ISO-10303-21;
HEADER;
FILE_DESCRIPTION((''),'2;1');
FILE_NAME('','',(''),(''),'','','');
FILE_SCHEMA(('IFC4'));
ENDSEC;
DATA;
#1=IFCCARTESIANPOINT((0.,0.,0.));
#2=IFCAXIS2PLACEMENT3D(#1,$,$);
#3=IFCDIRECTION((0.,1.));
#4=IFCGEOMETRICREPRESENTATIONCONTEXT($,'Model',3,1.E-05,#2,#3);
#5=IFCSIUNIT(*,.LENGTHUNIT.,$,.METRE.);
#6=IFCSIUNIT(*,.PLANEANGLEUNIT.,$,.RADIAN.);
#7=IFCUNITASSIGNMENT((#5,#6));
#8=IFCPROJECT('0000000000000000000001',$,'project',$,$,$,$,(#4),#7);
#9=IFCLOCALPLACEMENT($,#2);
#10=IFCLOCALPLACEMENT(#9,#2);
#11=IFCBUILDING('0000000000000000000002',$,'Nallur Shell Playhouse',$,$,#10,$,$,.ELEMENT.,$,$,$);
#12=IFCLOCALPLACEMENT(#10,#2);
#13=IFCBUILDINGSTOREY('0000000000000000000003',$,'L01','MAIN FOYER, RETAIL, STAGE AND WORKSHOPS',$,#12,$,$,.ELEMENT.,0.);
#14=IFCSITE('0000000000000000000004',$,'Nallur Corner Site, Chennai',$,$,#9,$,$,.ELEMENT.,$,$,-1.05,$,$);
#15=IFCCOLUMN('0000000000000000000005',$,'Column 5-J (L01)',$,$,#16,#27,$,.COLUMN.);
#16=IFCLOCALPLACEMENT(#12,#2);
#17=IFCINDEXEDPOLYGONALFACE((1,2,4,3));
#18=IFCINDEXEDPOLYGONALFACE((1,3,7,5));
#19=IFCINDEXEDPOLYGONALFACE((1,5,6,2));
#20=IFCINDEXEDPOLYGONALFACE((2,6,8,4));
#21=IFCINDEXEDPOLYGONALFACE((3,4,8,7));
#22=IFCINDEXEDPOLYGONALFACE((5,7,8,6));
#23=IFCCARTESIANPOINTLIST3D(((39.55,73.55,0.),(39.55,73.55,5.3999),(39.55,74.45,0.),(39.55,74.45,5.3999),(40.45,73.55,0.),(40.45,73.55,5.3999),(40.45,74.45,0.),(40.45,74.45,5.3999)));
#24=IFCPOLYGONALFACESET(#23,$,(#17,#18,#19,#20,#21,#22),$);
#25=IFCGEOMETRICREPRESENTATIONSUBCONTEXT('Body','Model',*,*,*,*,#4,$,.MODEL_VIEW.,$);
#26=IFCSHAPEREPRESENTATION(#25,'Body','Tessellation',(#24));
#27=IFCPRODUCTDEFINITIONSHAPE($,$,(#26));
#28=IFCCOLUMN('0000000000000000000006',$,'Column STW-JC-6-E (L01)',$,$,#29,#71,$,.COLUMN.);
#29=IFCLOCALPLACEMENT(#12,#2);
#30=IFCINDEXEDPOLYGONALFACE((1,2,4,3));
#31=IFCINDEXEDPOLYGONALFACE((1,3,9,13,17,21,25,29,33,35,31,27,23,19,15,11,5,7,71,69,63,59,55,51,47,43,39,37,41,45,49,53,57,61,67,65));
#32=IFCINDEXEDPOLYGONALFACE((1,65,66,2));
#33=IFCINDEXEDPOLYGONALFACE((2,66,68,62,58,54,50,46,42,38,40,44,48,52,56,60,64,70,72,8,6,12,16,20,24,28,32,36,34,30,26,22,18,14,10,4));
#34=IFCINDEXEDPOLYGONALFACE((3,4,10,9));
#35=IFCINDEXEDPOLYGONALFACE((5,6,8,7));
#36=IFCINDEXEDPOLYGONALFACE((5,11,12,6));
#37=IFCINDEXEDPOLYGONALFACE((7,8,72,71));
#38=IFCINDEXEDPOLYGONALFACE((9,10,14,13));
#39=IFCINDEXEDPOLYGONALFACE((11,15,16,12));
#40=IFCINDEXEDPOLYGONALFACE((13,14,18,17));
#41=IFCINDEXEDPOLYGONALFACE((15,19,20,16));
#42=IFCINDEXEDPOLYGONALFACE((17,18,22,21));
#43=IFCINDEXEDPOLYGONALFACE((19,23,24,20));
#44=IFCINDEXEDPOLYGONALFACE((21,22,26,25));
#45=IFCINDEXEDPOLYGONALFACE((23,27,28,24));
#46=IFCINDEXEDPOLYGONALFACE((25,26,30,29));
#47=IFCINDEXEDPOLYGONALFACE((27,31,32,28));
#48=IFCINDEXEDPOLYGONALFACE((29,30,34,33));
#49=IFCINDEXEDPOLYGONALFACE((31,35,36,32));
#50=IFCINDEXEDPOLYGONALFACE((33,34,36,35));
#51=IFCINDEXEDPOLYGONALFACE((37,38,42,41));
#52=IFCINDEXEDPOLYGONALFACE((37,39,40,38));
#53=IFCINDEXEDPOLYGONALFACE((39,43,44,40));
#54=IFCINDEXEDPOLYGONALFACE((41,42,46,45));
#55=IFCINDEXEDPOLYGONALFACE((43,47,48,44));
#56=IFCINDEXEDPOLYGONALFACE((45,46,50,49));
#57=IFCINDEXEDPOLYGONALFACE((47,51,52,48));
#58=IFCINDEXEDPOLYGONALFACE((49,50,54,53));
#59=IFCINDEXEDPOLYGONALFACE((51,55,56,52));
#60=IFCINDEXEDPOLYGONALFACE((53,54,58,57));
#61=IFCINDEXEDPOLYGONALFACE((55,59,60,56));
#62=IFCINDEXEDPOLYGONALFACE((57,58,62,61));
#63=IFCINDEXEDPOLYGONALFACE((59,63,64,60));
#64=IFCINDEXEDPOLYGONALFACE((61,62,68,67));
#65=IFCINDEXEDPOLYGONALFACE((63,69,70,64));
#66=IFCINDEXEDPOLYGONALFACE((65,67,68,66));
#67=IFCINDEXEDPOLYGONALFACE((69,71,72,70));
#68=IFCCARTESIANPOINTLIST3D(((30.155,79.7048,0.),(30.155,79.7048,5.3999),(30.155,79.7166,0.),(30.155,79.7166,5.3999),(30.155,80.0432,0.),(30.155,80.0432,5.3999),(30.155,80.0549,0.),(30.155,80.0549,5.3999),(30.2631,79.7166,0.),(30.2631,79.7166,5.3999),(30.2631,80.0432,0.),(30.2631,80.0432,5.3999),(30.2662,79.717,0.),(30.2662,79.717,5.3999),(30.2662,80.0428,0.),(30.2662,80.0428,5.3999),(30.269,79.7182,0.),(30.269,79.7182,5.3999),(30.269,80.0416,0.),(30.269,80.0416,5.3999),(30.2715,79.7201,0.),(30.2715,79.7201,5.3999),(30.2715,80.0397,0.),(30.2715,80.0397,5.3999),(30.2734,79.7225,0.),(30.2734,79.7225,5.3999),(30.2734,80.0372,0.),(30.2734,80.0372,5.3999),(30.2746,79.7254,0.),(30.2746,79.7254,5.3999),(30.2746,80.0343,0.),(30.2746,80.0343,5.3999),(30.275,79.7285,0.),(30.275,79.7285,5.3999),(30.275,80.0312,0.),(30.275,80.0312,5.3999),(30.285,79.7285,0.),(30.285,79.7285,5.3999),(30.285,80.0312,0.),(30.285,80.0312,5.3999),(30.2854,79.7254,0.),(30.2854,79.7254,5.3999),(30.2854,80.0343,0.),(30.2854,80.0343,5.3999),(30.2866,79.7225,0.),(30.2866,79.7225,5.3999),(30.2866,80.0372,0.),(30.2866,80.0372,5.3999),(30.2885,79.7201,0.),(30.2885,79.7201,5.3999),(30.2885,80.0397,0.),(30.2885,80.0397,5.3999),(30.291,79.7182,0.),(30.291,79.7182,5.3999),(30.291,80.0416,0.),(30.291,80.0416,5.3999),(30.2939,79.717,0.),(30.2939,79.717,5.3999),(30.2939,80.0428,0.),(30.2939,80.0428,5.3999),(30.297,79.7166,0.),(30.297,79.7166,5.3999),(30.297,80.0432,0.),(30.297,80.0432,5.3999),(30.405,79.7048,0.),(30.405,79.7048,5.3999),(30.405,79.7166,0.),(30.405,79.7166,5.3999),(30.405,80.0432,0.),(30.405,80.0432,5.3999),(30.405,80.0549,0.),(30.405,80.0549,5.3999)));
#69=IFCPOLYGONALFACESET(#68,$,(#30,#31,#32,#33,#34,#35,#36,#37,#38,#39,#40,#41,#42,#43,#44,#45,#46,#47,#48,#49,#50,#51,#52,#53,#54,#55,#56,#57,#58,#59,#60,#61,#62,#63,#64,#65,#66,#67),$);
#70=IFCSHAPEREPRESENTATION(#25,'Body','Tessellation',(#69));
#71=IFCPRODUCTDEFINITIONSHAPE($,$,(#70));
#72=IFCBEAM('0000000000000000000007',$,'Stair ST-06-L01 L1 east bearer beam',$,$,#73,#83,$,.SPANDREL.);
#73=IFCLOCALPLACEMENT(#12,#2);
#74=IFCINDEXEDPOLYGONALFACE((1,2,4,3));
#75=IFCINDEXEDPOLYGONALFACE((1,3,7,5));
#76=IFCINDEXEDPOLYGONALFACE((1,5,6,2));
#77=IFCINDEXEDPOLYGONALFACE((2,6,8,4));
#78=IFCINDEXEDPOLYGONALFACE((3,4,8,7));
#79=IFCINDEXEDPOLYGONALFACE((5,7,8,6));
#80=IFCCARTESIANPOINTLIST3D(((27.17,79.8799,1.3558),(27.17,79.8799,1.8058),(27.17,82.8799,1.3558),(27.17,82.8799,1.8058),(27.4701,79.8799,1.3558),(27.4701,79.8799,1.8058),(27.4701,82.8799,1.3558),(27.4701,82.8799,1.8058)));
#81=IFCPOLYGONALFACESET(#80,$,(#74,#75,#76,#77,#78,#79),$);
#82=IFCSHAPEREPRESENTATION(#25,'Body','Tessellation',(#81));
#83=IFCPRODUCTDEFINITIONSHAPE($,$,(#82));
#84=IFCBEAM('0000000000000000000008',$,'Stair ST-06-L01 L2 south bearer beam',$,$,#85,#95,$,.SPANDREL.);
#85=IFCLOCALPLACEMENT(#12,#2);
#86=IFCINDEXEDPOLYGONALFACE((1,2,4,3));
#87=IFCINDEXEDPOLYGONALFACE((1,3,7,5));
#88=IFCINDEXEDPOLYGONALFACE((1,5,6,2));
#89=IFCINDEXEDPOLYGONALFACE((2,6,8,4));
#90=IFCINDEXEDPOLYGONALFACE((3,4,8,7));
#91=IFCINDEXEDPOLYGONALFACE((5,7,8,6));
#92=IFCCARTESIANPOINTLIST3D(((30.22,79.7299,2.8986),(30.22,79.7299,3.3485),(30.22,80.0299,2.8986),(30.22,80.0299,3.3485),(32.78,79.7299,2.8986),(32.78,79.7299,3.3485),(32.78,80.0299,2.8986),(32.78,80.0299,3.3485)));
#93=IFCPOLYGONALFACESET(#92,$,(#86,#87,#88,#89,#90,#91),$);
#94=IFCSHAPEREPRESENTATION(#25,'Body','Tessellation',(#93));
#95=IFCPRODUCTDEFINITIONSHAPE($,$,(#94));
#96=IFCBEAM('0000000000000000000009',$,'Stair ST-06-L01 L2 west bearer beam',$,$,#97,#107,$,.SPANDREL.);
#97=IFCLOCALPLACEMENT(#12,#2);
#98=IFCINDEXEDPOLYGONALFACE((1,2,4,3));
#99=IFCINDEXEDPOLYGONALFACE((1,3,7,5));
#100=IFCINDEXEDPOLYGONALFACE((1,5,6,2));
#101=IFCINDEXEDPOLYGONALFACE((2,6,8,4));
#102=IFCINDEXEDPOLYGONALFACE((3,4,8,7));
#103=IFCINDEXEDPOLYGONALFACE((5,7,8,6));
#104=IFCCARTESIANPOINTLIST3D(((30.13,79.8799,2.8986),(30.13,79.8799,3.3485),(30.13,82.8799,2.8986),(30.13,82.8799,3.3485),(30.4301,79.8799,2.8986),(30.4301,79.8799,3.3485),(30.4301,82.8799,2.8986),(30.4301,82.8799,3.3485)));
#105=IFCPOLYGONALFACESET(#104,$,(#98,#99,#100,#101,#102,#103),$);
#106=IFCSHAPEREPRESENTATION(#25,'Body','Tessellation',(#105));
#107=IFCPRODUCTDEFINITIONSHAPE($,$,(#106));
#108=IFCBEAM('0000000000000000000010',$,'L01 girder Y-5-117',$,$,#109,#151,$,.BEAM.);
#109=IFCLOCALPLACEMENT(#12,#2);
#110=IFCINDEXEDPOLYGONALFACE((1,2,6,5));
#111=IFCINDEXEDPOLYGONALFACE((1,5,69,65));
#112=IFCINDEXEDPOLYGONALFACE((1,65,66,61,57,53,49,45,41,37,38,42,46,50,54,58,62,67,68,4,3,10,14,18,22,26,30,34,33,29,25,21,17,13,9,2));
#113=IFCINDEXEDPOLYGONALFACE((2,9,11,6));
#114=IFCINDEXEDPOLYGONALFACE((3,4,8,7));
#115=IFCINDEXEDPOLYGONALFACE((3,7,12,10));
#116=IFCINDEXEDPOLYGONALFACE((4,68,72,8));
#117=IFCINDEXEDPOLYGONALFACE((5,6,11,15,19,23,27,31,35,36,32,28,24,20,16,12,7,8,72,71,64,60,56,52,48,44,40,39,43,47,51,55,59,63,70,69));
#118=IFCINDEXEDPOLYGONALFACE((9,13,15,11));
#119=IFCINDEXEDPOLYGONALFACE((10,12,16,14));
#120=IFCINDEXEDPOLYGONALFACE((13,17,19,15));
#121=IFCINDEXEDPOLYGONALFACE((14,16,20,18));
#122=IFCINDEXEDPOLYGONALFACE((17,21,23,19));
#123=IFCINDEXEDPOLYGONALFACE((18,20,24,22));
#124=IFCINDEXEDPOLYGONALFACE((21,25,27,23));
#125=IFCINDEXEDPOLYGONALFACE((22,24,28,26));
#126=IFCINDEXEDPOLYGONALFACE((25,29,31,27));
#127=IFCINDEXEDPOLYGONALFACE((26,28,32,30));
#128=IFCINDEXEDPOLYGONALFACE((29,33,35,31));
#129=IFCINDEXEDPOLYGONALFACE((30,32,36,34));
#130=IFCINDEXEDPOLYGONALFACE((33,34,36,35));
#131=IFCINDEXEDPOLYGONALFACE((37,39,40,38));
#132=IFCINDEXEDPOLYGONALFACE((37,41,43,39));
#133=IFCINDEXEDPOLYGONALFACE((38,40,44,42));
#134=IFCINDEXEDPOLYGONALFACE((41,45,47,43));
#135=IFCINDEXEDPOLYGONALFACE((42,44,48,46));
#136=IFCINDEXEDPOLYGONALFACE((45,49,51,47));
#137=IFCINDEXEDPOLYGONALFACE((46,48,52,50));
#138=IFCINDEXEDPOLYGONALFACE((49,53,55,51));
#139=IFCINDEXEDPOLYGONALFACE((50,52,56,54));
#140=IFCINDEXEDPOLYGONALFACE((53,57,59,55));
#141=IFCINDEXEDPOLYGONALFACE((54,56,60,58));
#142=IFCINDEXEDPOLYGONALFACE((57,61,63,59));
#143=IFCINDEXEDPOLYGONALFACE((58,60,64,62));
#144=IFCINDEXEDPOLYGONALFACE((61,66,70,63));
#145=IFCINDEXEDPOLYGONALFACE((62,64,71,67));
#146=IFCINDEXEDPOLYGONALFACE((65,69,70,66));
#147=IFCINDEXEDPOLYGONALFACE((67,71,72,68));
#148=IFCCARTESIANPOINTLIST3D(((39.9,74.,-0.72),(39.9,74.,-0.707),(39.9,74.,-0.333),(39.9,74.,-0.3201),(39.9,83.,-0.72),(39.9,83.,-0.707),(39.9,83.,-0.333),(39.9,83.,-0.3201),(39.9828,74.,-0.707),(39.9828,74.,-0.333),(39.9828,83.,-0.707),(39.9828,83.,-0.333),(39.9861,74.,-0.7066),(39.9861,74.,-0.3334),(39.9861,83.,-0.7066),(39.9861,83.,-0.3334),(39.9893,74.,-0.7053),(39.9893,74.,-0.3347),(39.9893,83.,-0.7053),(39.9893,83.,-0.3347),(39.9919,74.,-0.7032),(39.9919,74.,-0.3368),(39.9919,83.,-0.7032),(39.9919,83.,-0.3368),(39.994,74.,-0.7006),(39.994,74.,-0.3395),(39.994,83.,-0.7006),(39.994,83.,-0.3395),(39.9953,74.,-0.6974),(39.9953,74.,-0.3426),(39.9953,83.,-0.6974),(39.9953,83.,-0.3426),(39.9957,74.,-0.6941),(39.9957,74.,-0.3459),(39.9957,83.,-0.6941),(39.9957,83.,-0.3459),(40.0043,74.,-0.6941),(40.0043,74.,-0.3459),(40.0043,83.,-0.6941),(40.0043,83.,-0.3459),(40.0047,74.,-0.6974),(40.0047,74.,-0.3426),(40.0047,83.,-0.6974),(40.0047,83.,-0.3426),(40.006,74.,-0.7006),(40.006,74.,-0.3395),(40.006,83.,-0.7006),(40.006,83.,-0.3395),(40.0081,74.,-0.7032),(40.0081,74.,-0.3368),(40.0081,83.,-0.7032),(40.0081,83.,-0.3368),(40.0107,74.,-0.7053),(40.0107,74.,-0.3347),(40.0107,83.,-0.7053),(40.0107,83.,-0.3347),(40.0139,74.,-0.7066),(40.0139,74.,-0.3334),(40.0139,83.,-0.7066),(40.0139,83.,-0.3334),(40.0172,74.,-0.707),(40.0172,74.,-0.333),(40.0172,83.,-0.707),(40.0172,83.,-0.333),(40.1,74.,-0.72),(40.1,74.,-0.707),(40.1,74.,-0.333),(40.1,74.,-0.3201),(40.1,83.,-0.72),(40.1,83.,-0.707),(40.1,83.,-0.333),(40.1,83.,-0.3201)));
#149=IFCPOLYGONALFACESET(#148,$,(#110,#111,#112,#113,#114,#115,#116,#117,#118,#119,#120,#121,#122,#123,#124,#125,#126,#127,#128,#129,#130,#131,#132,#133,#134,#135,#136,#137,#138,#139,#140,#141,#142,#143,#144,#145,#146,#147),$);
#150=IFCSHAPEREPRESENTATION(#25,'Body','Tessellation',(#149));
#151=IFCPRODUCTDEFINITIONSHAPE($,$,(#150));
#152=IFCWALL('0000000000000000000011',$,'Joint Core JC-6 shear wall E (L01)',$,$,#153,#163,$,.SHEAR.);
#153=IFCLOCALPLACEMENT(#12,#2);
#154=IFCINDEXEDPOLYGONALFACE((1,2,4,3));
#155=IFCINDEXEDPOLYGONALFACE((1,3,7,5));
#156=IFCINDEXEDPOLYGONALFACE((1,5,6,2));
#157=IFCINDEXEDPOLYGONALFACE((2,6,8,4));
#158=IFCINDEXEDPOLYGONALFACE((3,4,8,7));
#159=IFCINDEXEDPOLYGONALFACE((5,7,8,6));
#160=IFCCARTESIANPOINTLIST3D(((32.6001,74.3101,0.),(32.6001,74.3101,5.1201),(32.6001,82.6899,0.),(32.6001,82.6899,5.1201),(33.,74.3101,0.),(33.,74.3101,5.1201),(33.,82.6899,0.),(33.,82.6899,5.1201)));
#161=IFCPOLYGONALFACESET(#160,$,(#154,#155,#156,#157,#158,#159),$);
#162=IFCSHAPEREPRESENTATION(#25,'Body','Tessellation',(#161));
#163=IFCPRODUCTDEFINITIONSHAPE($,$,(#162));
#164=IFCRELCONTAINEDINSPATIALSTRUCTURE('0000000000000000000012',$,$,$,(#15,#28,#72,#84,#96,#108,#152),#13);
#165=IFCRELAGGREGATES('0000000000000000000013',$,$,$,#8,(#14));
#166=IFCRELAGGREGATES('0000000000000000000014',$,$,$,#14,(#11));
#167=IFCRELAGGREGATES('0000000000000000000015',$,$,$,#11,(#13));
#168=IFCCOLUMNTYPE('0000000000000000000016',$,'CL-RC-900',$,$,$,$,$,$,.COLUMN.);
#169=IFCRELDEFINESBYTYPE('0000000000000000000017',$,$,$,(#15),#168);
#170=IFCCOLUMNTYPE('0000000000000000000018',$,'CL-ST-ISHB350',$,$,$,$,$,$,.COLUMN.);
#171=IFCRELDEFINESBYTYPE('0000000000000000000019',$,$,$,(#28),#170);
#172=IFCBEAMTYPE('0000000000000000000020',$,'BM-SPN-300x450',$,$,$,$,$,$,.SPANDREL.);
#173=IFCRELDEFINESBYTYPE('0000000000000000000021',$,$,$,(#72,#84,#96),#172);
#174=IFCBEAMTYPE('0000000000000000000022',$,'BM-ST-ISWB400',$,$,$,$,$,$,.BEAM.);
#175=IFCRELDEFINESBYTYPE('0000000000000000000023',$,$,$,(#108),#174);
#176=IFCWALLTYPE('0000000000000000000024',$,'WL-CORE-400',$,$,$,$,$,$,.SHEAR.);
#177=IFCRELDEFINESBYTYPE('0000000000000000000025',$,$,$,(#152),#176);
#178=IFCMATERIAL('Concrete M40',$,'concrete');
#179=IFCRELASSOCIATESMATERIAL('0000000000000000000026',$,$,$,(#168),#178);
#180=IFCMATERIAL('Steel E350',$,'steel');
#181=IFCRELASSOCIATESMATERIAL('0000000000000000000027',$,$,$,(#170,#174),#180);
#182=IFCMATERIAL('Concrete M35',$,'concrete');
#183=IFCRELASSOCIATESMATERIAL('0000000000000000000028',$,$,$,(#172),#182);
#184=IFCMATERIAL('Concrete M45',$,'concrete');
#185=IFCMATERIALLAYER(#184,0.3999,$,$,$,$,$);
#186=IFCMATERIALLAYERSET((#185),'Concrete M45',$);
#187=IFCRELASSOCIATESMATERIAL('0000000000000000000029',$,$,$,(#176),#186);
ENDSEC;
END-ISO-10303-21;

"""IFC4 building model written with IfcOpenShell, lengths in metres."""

from ifc_helpers import new_model, si_unit, direction, frame, frame_2d, origin, origin_2d, place, context, subcontext, project, spatial, rectangle, i_section, extrude, material, layer, layer_set, material_profile, profile_set, type_object, element, save


model = new_model("IFC4")

# Units and contexts
model_context = context("Model", 3, precision=1e-05, world=origin(), true_north=direction((0.0, 1.0)))
body_context = subcontext(model_context, "Body", "Model", "MODEL_VIEW")
ifc_project = project(units=[si_unit("LENGTHUNIT", "METRE"), si_unit("PLANEANGLEUNIT", "RADIAN")], contexts=[model_context])

# Site, building, storey
site_placement = place(None, origin())
site = spatial("IfcSite", under=ifc_project, at=site_placement, Name="Nallur Corner Site, Chennai", CompositionType="ELEMENT", RefElevation=-1.05)
building_placement = place(site_placement, origin())
building = spatial("IfcBuilding", under=site, at=building_placement, Name="Nallur Shell Playhouse", CompositionType="ELEMENT")
storey_placement = place(building_placement, origin())
storey = spatial("IfcBuildingStorey", under=building, at=storey_placement, Name="L01", Description="MAIN FOYER, RETAIL, STAGE AND WORKSHOPS", CompositionType="ELEMENT", Elevation=0.0)

# Columns
ifc_material_1 = material(Name="Concrete M40", Category="concrete")
ifc_material_profile_1 = material_profile(ifc_material_1, rectangle(XDim=0.8999, YDim=0.8999, at=origin_2d()), Name="RC 900x900")
ifc_profile_set_1 = profile_set([ifc_material_profile_1], Name="Concrete M40")
column_type_1 = type_object("IfcColumnType", Name="CL-RC-900", PredefinedType="COLUMN", material=ifc_profile_set_1)
column_1_placement = place(storey_placement, frame((40.0, 74.0, 0.0), z_axis=(0.0, 0.0, 1.0), x_axis=(1.0, 0.0, 0.0)))
element("IfcColumn", 1, at=column_1_placement, inside=storey, type_object=column_type_1, Name="Column 5-J (L01)", PredefinedType="COLUMN", context=body_context, shape_type="SweptSolid", body=[
    extrude(rectangle(XDim=0.8999, YDim=0.8999, at=origin_2d()), origin(), (0.0, 0.0, 1.0), 5.3999),
])
ifc_material_2 = material(Name="Steel E350", Category="steel")
ifc_material_profile_2 = material_profile(ifc_material_2, i_section(OverallWidth=0.25, OverallDepth=0.3501, WebThickness=0.01, FlangeThickness=0.0117, FilletRadius=0.012, at=origin_2d()), Name="ISHB 350")
ifc_profile_set_2 = profile_set([ifc_material_profile_2], Name="Steel E350")
column_type_2 = type_object("IfcColumnType", Name="CL-ST-ISHB350", PredefinedType="COLUMN", material=ifc_profile_set_2)
column_2_placement = place(storey_placement, frame((30.28, 79.8799, 0.0), z_axis=(0.0, 0.0, 1.0), x_axis=(1.0, 0.0, 0.0)))
element("IfcColumn", 2, at=column_2_placement, inside=storey, type_object=column_type_2, Name="Column STW-JC-6-E (L01)", PredefinedType="COLUMN", context=body_context, shape_type="SweptSolid", body=[
    extrude(i_section(OverallWidth=0.25, OverallDepth=0.3501, WebThickness=0.01, FlangeThickness=0.0117, FilletRadius=0.012, at=origin_2d()), origin(), (0.0, 0.0, 1.0), 5.3999),
])

# Beams
ifc_material_3 = material(Name="Concrete M35", Category="concrete")
ifc_material_profile_3 = material_profile(ifc_material_3, rectangle(XDim=0.3, YDim=0.45, at=origin_2d()), Name="RC 300x450")
ifc_profile_set_3 = profile_set([ifc_material_profile_3], Name="Concrete M35")
beam_type_1 = type_object("IfcBeamType", Name="BM-SPN-300x450", PredefinedType="SPANDREL", material=ifc_profile_set_3)
beam_1_placement = place(storey_placement, frame((27.3201, 79.8799, 1.5808), z_axis=(0.0, 1.0, 0.0), x_axis=(-1.0, 0.0, 0.0)))
element("IfcBeam", 3, at=beam_1_placement, inside=storey, type_object=beam_type_1, Name="Stair ST-06-L01 L1 east bearer beam", PredefinedType="SPANDREL", context=body_context, shape_type="SweptSolid", body=[
    extrude(rectangle(XDim=0.3, YDim=0.45, at=origin_2d()), origin(), (0.0, 0.0, 1.0), 3.0),
])
beam_2_placement = place(storey_placement, frame((30.22, 79.8799, 3.1235), z_axis=(1.0, 0.0, 0.0), x_axis=(0.0, 1.0, 0.0)))
element("IfcBeam", 4, at=beam_2_placement, inside=storey, type_object=beam_type_1, Name="Stair ST-06-L01 L2 south bearer beam", PredefinedType="SPANDREL", context=body_context, shape_type="SweptSolid", body=[
    extrude(rectangle(XDim=0.3, YDim=0.45, at=origin_2d()), origin(), (0.0, 0.0, 1.0), 2.5601),
])
beam_3_placement = place(storey_placement, frame((30.28, 79.8799, 3.1235), z_axis=(0.0, 1.0, 0.0), x_axis=(-1.0, 0.0, 0.0)))
element("IfcBeam", 5, at=beam_3_placement, inside=storey, type_object=beam_type_1, Name="Stair ST-06-L01 L2 west bearer beam", PredefinedType="SPANDREL", context=body_context, shape_type="SweptSolid", body=[
    extrude(rectangle(XDim=0.3, YDim=0.45, at=origin_2d()), origin(), (0.0, 0.0, 1.0), 3.0),
])
ifc_material_profile_4 = material_profile(ifc_material_2, i_section(OverallWidth=0.2, OverallDepth=0.3999, WebThickness=0.0085, FlangeThickness=0.0129, FilletRadius=0.0129, at=origin_2d()), Name="ISWB 400")
ifc_profile_set_4 = profile_set([ifc_material_profile_4], Name="Steel E350")
beam_type_2 = type_object("IfcBeamType", Name="BM-ST-ISWB400", PredefinedType="BEAM", material=ifc_profile_set_4)
beam_4_placement = place(storey_placement, frame((40.0, 74.0, -0.52), z_axis=(0.0, 1.0, 0.0), x_axis=(-1.0, 0.0, 0.0)))
element("IfcBeam", 6, at=beam_4_placement, inside=storey, type_object=beam_type_2, Name="L01 girder Y-5-117", PredefinedType="BEAM", context=body_context, shape_type="SweptSolid", body=[
    extrude(i_section(OverallWidth=0.2, OverallDepth=0.3999, WebThickness=0.0085, FlangeThickness=0.0129, FilletRadius=0.0129, at=origin_2d()), origin(), (0.0, 0.0, 1.0), 9.0),
])

# Wall
ifc_material_4 = material(Name="Concrete M45", Category="concrete")
ifc_layer_1 = layer(ifc_material_4, 0.3999)
ifc_layer_set_1 = layer_set([ifc_layer_1], Name="Concrete M45")
wall_type_1 = type_object("IfcWallType", Name="WL-CORE-400", PredefinedType="SHEAR", material=ifc_layer_set_1)
wall_1_placement = place(storey_placement, frame((32.8, 74.3101, 0.0), z_axis=(0.0, 0.0, 1.0), x_axis=(0.0, 1.0, 0.0)))
element("IfcWall", 7, at=wall_1_placement, inside=storey, type_object=wall_type_1, Name="Joint Core JC-6 shear wall E (L01)", PredefinedType="SHEAR", context=body_context, shape_type="SweptSolid", body=[
    extrude(rectangle(XDim=8.3799, YDim=0.3999, at=frame_2d((4.1899, 0.0))), origin(), (0.0, 0.0, 1.0), 5.1201),
])

save(model, "model.ifc")
